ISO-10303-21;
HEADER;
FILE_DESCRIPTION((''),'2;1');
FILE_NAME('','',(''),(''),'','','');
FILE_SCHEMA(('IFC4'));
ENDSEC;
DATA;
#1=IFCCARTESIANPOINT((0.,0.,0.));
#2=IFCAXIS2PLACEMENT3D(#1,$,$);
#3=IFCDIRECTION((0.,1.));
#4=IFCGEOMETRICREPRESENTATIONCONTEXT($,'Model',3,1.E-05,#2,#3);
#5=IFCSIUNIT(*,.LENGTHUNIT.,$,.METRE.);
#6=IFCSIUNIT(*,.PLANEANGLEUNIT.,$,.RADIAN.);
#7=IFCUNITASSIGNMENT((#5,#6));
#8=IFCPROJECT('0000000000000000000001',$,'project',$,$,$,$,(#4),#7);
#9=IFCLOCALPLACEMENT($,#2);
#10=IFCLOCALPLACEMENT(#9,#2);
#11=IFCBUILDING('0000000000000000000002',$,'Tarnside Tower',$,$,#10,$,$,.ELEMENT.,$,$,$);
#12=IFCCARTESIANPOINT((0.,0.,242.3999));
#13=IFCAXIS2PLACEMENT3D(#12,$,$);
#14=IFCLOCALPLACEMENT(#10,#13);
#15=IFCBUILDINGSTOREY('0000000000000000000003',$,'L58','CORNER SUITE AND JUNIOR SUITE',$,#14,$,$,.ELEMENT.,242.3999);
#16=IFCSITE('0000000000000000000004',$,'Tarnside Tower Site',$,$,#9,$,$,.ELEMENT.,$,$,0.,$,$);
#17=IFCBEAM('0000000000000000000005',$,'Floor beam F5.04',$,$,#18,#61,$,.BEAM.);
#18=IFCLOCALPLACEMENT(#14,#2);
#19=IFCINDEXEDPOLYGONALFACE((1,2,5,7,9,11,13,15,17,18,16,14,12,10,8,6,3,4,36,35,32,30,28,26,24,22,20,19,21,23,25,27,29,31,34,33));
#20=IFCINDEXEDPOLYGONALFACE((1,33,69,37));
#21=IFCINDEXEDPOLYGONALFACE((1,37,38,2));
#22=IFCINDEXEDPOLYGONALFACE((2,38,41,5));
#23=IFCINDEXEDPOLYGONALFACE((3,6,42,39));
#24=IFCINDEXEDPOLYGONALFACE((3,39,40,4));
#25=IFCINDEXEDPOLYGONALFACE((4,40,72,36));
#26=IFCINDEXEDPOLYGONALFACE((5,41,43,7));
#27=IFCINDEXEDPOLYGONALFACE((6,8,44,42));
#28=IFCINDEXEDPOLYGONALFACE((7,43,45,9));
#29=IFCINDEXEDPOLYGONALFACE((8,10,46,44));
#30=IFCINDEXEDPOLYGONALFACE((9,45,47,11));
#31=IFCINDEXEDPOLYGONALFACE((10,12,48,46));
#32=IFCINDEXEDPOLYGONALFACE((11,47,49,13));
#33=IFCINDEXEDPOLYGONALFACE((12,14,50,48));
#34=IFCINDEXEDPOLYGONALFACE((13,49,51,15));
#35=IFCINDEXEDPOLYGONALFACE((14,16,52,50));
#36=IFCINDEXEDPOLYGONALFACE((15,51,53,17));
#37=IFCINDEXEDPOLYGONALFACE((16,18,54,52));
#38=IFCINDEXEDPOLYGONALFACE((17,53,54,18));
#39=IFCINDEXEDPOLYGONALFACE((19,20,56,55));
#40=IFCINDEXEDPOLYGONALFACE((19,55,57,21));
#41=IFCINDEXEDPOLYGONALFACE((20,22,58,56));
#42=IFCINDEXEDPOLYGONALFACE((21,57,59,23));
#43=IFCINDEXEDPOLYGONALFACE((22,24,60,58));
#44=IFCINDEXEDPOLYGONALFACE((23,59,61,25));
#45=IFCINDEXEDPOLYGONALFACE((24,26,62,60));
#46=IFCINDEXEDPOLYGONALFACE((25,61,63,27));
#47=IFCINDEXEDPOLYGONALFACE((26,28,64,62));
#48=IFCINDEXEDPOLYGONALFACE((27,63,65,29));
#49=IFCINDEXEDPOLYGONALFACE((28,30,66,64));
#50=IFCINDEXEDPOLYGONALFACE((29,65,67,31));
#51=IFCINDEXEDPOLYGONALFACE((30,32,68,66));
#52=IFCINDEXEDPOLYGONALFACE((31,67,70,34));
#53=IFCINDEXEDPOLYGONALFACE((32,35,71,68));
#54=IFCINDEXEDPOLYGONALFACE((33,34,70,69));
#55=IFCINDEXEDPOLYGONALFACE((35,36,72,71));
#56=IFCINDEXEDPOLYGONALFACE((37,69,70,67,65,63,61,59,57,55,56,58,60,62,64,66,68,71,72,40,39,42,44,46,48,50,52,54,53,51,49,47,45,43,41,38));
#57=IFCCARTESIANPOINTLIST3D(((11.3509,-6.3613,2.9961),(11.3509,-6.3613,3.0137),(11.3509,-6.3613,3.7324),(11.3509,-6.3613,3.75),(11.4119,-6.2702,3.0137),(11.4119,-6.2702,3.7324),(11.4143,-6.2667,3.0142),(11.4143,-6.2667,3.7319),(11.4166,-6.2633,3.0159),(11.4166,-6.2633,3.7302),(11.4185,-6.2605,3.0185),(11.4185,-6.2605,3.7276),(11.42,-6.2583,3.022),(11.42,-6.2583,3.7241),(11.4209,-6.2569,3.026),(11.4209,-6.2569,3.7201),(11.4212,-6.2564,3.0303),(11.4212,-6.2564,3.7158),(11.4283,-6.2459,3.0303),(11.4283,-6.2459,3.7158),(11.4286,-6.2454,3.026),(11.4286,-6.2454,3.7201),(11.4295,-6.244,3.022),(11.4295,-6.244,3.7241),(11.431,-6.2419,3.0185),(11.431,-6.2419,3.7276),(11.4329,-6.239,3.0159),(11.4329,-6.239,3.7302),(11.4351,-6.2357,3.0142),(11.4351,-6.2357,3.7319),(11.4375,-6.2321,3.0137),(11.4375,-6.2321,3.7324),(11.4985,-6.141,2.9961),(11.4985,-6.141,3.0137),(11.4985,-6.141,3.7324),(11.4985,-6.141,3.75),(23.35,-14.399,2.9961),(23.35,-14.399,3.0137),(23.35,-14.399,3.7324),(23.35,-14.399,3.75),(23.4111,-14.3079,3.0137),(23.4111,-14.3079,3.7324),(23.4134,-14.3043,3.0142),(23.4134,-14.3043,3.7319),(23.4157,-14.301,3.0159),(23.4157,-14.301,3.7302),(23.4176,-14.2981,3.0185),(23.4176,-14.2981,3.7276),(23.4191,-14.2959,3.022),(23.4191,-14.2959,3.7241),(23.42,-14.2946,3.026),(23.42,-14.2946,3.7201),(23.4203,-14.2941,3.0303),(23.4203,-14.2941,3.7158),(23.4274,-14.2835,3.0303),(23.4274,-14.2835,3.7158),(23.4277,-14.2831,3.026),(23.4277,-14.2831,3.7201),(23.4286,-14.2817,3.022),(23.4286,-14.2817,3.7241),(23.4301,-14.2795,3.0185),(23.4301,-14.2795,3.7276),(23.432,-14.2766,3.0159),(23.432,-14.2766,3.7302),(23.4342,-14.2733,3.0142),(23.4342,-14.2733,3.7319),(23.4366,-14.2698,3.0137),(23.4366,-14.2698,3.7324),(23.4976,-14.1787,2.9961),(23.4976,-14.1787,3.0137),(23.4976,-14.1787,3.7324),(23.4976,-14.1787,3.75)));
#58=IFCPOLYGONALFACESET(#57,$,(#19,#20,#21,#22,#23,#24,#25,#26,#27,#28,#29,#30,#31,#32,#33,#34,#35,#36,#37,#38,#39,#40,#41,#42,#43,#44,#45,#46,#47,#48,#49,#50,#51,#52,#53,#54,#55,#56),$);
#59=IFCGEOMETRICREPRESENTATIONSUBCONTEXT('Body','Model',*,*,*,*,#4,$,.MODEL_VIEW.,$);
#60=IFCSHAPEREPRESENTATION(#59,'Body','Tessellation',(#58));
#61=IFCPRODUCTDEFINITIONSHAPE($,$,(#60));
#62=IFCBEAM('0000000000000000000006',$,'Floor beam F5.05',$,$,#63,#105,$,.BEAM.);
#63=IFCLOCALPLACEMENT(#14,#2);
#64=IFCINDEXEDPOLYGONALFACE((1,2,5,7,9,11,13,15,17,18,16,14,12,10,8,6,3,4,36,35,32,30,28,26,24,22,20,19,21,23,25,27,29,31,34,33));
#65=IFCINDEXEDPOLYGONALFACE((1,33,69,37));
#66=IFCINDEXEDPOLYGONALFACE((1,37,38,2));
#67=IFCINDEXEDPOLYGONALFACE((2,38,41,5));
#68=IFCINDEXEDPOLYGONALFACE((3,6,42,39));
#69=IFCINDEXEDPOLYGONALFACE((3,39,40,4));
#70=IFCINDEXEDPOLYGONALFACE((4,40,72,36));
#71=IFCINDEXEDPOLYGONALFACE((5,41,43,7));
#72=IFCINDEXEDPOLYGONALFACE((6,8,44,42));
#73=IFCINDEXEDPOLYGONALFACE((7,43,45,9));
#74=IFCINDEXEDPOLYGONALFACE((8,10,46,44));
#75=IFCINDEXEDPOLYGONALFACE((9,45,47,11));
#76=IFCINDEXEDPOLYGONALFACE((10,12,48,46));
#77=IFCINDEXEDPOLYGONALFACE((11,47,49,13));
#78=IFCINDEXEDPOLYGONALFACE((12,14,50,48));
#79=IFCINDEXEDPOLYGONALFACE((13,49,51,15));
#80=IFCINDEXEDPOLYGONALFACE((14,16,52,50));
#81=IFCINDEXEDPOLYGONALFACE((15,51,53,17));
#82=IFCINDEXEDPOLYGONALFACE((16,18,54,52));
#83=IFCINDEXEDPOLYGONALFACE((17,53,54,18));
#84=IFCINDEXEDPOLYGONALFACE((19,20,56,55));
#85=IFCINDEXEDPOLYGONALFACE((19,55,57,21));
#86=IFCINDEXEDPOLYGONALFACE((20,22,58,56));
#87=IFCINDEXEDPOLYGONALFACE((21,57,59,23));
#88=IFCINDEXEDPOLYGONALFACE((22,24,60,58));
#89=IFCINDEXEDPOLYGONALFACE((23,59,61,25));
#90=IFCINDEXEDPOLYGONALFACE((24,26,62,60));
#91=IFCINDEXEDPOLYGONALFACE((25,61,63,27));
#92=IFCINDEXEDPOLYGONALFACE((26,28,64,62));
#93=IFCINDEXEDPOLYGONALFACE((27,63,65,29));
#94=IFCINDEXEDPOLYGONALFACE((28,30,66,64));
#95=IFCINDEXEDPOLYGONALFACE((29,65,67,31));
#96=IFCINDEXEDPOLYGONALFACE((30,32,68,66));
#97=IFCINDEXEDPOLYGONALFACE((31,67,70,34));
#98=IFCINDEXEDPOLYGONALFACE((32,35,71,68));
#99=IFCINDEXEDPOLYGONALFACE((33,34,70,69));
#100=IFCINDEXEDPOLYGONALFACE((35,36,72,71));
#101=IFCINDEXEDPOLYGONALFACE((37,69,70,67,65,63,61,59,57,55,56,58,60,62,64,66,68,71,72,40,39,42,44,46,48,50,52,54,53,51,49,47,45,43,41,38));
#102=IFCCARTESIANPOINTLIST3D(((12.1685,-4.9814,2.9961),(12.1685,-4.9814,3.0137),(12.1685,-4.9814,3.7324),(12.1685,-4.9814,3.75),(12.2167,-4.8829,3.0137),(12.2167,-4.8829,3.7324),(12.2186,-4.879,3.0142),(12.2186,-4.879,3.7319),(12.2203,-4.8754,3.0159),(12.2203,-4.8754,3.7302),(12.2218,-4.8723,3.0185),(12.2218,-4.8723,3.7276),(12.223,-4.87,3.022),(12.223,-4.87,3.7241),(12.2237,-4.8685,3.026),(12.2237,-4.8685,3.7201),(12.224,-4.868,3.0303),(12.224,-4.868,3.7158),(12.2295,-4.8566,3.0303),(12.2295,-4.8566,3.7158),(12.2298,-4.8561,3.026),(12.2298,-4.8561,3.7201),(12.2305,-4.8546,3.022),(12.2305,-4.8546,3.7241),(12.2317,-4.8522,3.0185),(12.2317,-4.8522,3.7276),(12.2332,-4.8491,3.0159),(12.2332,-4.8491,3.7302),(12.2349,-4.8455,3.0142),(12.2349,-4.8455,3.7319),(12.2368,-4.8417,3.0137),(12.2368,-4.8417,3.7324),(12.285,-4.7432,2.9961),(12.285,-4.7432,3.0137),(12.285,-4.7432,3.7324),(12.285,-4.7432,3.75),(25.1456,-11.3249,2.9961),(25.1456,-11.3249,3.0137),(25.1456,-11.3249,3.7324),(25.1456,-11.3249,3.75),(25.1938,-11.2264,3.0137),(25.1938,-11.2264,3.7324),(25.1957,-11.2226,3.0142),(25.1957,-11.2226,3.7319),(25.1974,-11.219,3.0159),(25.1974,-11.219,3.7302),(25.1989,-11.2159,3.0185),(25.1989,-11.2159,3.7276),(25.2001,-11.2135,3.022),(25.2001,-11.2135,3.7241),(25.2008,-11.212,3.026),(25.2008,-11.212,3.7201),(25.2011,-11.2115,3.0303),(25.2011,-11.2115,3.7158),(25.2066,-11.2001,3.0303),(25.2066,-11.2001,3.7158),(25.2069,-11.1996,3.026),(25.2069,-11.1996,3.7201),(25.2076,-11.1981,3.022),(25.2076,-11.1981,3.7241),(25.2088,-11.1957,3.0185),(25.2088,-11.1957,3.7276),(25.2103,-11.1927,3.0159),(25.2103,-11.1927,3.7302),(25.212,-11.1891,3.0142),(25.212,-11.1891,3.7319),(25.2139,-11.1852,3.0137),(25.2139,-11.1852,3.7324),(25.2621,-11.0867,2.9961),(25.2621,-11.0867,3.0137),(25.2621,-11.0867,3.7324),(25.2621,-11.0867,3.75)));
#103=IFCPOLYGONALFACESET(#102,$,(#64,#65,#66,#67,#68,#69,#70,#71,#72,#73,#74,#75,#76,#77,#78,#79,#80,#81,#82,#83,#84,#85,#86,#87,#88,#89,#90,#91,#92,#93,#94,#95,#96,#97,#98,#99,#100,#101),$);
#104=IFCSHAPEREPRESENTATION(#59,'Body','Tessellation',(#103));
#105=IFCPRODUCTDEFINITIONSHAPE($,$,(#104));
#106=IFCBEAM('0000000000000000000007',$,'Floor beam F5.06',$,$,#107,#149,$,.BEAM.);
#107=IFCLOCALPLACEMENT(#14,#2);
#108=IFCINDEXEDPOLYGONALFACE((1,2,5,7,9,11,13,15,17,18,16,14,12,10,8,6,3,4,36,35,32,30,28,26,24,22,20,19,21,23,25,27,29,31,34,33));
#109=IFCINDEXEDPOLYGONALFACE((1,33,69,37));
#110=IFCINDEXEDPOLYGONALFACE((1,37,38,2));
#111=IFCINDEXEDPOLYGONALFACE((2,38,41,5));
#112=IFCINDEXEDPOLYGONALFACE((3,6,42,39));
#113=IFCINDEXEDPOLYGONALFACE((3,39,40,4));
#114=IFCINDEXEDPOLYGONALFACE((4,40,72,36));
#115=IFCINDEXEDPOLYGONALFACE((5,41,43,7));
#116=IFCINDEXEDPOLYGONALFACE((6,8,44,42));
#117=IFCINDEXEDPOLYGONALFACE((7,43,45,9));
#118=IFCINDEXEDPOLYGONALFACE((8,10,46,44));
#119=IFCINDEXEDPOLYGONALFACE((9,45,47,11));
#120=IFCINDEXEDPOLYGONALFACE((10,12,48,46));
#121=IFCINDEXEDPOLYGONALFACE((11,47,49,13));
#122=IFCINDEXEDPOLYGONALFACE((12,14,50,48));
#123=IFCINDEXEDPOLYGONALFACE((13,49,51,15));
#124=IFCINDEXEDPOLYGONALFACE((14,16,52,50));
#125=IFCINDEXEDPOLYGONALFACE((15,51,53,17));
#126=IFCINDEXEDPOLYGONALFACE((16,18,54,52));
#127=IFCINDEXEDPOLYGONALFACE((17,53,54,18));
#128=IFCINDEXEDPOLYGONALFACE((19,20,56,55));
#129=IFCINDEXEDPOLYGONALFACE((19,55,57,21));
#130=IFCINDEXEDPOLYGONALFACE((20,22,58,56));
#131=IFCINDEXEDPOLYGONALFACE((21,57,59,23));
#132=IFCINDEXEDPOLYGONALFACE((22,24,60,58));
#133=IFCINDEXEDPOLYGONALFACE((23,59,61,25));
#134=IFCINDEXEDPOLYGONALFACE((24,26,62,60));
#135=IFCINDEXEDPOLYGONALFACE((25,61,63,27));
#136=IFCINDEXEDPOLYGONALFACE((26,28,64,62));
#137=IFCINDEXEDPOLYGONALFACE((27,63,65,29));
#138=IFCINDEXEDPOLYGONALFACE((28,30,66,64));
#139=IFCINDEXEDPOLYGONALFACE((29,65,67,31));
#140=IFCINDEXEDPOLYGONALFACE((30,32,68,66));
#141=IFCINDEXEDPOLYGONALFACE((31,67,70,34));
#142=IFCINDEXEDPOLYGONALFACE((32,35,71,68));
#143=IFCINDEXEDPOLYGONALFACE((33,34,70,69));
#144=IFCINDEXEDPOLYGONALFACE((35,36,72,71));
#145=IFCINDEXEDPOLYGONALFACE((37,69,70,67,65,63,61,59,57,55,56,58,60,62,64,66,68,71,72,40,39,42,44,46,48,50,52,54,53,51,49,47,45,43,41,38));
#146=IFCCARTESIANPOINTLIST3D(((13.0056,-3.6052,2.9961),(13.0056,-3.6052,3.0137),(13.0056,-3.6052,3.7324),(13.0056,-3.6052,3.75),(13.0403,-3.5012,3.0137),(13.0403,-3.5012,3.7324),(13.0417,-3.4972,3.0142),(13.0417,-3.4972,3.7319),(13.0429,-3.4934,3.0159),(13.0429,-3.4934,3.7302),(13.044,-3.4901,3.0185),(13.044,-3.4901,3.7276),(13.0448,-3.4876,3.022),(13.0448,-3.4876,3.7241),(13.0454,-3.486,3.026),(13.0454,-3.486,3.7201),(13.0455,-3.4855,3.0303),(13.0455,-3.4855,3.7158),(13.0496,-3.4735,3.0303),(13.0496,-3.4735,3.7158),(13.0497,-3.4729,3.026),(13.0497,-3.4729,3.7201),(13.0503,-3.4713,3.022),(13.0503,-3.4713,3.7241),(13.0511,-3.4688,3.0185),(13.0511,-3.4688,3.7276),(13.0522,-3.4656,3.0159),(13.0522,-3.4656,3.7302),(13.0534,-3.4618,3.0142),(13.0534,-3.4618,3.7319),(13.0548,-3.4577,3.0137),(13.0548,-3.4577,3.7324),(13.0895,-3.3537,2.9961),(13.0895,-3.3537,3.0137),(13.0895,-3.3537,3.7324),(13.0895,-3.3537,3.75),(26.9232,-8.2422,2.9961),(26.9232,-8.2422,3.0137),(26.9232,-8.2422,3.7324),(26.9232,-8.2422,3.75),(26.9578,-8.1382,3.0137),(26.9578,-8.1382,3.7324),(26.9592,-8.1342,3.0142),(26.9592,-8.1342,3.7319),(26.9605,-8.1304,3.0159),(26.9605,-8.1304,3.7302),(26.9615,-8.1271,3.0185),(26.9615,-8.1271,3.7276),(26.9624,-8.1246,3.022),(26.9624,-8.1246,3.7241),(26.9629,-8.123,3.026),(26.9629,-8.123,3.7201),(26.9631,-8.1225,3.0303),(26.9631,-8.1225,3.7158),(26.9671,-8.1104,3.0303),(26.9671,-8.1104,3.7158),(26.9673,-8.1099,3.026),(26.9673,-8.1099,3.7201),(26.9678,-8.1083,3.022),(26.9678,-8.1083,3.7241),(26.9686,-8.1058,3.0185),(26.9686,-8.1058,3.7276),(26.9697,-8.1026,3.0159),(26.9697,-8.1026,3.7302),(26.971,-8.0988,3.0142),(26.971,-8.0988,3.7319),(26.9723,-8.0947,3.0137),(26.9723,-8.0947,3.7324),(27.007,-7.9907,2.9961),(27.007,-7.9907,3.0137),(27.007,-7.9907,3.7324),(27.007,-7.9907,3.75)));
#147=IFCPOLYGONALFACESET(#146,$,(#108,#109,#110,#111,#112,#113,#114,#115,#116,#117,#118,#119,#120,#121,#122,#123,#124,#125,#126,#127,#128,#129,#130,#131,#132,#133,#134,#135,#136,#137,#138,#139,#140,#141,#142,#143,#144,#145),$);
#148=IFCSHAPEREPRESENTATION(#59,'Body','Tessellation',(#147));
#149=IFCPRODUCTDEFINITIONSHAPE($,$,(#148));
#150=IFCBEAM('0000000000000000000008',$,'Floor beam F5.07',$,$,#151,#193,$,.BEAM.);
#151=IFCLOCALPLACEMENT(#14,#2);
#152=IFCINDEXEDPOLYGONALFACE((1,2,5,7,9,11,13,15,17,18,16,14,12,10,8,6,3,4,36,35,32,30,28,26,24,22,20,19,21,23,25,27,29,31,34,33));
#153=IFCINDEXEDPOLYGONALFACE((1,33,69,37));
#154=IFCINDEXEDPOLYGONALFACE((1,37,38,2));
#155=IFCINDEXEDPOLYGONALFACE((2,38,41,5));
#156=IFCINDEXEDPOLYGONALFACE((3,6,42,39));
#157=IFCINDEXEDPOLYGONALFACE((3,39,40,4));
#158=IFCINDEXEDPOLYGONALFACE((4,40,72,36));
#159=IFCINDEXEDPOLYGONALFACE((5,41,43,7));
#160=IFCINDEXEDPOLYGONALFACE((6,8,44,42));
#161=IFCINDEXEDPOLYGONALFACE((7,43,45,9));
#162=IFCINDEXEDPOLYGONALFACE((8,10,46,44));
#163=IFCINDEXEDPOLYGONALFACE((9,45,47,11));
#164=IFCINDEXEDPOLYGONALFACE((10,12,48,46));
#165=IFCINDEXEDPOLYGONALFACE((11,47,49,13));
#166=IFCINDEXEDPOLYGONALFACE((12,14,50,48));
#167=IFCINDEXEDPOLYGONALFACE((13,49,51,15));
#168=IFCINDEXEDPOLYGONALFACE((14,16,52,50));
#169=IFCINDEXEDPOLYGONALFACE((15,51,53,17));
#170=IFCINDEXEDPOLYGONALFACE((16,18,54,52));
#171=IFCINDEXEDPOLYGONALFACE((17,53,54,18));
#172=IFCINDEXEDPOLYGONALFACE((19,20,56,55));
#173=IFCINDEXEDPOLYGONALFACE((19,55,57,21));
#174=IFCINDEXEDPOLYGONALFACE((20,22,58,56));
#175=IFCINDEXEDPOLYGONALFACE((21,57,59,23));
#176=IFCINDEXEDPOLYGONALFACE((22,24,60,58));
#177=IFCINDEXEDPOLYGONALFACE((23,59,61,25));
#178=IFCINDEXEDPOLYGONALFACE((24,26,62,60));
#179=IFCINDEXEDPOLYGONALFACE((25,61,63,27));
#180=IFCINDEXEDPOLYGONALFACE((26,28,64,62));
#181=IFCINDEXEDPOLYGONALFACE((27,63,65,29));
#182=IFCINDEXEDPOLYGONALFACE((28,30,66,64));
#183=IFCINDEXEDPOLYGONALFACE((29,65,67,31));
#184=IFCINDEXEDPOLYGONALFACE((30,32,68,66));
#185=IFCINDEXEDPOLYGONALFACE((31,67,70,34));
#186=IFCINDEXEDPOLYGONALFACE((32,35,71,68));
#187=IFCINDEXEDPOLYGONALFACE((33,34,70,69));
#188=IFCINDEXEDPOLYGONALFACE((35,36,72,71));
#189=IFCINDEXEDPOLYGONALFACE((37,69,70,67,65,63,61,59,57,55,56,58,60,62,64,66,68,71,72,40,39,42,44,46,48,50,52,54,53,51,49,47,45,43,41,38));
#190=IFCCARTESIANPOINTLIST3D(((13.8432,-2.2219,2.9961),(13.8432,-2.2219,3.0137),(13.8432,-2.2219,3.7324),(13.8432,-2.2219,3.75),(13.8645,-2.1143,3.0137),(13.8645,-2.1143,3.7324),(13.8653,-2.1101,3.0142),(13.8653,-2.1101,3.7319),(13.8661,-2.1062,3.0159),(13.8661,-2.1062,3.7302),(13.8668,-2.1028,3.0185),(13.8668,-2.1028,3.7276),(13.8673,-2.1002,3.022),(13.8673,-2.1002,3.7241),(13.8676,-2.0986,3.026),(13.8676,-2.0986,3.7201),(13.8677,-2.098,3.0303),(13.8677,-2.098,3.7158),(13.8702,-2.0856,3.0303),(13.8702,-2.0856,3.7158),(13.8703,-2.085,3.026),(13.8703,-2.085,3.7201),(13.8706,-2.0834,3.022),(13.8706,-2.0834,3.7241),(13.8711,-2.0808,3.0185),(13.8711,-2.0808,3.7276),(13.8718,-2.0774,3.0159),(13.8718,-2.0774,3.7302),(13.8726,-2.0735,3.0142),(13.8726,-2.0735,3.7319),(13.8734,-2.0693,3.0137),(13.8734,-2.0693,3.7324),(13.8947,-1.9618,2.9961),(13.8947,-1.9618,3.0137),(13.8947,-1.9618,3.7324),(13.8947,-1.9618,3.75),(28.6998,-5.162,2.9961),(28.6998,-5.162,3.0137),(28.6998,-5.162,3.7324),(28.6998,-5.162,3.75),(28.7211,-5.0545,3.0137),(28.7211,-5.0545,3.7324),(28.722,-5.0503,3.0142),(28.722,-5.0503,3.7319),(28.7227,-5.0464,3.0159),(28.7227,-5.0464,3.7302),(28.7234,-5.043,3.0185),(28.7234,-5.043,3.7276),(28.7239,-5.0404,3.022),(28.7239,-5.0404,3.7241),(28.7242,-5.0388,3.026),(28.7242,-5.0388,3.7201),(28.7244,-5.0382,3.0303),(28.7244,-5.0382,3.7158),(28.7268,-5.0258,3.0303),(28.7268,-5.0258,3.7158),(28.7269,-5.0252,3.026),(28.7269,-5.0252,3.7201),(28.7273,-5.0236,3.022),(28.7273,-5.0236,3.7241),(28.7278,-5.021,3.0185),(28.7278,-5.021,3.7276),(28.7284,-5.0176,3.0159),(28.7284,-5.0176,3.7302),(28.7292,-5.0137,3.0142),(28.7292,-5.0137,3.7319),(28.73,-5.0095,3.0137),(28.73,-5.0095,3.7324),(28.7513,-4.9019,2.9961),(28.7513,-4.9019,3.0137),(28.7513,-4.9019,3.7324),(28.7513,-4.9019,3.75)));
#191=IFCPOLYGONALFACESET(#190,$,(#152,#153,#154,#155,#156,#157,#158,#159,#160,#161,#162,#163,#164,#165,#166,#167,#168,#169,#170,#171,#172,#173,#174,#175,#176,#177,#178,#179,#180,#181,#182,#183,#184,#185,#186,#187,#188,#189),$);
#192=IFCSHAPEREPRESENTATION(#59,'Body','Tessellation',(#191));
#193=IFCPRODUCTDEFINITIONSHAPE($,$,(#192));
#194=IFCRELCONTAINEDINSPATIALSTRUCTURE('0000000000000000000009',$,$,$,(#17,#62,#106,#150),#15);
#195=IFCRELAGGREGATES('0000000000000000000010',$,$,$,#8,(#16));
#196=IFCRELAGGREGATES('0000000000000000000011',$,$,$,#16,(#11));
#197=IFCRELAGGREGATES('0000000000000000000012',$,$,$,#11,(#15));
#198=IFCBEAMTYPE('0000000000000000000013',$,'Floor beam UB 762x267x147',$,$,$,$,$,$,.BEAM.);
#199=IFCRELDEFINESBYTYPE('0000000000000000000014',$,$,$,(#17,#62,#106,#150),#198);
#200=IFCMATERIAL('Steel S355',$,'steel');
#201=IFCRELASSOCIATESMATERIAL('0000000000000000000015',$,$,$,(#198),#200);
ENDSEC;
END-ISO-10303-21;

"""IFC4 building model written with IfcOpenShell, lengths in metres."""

from ifc_helpers import new_model, si_unit, direction, frame, origin, origin_2d, place, context, subcontext, project, spatial, i_section, extrude, material, material_profile, profile_set, type_object, element, save


model = new_model("IFC4")

# Units and contexts
model_context = context("Model", 3, precision=1e-05, world=origin(), true_north=direction((0.0, 1.0)))
body_context = subcontext(model_context, "Body", "Model", "MODEL_VIEW")
ifc_project = project(units=[si_unit("LENGTHUNIT", "METRE"), si_unit("PLANEANGLEUNIT", "RADIAN")], contexts=[model_context])

# Site, building, storey
site_placement = place(None, origin())
site = spatial("IfcSite", under=ifc_project, at=site_placement, Name="Tarnside Tower Site", CompositionType="ELEMENT", RefElevation=0.0)
building_placement = place(site_placement, origin())
building = spatial("IfcBuilding", under=site, at=building_placement, Name="Tarnside Tower", CompositionType="ELEMENT")
storey_placement = place(building_placement, frame((0.0, 0.0, 242.3999)))
storey = spatial("IfcBuildingStorey", under=building, at=storey_placement, Name="L58", Description="CORNER SUITE AND JUNIOR SUITE", CompositionType="ELEMENT", Elevation=242.3999)

# Beams
ifc_material_1 = material(Name="Steel S355", Category="steel")
ifc_material_profile_1 = material_profile(ifc_material_1, i_section(OverallWidth=0.2651, OverallDepth=0.7539, WebThickness=0.0127, FlangeThickness=0.0176, FilletRadius=0.0166, at=origin_2d()), Name="UB 762x267x147")
ifc_profile_set_1 = profile_set([ifc_material_profile_1], Name="Steel S355")
beam_type_1 = type_object("IfcBeamType", Name="Floor beam UB 762x267x147", PredefinedType="BEAM", material=ifc_profile_set_1)
beam_1_placement = place(storey_placement, frame((23.4238, -14.2888, 3.373), z_axis=(-0.830826, 0.556532, 0.0), x_axis=(-0.556532, -0.830826, 0.0)))
element("IfcBeam", 1, at=beam_1_placement, inside=storey, type_object=beam_type_1, Name="Floor beam F5.04", PredefinedType="BEAM", context=body_context, shape_type="SweptSolid", body=[
    extrude(i_section(OverallWidth=0.2651, OverallDepth=0.7539, WebThickness=0.0127, FlangeThickness=0.0176, FilletRadius=0.0166, at=origin_2d()), origin(), (0.0, 0.0, 1.0), 14.4424),
])
beam_2_placement = place(storey_placement, frame((25.2039, -11.2058, 3.373), z_axis=(-0.898407, 0.439164, 0.0), x_axis=(-0.439164, -0.898407, 0.0)))
element("IfcBeam", 2, at=beam_2_placement, inside=storey, type_object=beam_type_1, Name="Floor beam F5.05", PredefinedType="BEAM", context=body_context, shape_type="SweptSolid", body=[
    extrude(i_section(OverallWidth=0.2651, OverallDepth=0.7539, WebThickness=0.0127, FlangeThickness=0.0176, FilletRadius=0.0166, at=origin_2d()), origin(), (0.0, 0.0, 1.0), 14.4446),
])
beam_3_placement = place(storey_placement, frame((26.9651, -8.1165, 3.373), z_axis=(-0.948728, 0.316093, 0.0), x_axis=(-0.316093, -0.948728, 0.0)))
element("IfcBeam", 3, at=beam_3_placement, inside=storey, type_object=beam_type_1, Name="Floor beam F5.06", PredefinedType="BEAM", context=body_context, shape_type="SweptSolid", body=[
    extrude(i_section(OverallWidth=0.2651, OverallDepth=0.7539, WebThickness=0.0127, FlangeThickness=0.0176, FilletRadius=0.0166, at=origin_2d()), origin(), (0.0, 0.0, 1.0), 14.6697),
])
beam_4_placement = place(storey_placement, frame((28.7256, -5.032, 3.373), z_axis=(-0.980974, 0.194138, 0.0), x_axis=(-0.194138, -0.980974, 0.0)))
element("IfcBeam", 4, at=beam_4_placement, inside=storey, type_object=beam_type_1, Name="Floor beam F5.07", PredefinedType="BEAM", context=body_context, shape_type="SweptSolid", body=[
    extrude(i_section(OverallWidth=0.2651, OverallDepth=0.7539, WebThickness=0.0127, FlangeThickness=0.0176, FilletRadius=0.0166, at=origin_2d()), origin(), (0.0, 0.0, 1.0), 15.1448),
])

save(model, "model.ifc")
